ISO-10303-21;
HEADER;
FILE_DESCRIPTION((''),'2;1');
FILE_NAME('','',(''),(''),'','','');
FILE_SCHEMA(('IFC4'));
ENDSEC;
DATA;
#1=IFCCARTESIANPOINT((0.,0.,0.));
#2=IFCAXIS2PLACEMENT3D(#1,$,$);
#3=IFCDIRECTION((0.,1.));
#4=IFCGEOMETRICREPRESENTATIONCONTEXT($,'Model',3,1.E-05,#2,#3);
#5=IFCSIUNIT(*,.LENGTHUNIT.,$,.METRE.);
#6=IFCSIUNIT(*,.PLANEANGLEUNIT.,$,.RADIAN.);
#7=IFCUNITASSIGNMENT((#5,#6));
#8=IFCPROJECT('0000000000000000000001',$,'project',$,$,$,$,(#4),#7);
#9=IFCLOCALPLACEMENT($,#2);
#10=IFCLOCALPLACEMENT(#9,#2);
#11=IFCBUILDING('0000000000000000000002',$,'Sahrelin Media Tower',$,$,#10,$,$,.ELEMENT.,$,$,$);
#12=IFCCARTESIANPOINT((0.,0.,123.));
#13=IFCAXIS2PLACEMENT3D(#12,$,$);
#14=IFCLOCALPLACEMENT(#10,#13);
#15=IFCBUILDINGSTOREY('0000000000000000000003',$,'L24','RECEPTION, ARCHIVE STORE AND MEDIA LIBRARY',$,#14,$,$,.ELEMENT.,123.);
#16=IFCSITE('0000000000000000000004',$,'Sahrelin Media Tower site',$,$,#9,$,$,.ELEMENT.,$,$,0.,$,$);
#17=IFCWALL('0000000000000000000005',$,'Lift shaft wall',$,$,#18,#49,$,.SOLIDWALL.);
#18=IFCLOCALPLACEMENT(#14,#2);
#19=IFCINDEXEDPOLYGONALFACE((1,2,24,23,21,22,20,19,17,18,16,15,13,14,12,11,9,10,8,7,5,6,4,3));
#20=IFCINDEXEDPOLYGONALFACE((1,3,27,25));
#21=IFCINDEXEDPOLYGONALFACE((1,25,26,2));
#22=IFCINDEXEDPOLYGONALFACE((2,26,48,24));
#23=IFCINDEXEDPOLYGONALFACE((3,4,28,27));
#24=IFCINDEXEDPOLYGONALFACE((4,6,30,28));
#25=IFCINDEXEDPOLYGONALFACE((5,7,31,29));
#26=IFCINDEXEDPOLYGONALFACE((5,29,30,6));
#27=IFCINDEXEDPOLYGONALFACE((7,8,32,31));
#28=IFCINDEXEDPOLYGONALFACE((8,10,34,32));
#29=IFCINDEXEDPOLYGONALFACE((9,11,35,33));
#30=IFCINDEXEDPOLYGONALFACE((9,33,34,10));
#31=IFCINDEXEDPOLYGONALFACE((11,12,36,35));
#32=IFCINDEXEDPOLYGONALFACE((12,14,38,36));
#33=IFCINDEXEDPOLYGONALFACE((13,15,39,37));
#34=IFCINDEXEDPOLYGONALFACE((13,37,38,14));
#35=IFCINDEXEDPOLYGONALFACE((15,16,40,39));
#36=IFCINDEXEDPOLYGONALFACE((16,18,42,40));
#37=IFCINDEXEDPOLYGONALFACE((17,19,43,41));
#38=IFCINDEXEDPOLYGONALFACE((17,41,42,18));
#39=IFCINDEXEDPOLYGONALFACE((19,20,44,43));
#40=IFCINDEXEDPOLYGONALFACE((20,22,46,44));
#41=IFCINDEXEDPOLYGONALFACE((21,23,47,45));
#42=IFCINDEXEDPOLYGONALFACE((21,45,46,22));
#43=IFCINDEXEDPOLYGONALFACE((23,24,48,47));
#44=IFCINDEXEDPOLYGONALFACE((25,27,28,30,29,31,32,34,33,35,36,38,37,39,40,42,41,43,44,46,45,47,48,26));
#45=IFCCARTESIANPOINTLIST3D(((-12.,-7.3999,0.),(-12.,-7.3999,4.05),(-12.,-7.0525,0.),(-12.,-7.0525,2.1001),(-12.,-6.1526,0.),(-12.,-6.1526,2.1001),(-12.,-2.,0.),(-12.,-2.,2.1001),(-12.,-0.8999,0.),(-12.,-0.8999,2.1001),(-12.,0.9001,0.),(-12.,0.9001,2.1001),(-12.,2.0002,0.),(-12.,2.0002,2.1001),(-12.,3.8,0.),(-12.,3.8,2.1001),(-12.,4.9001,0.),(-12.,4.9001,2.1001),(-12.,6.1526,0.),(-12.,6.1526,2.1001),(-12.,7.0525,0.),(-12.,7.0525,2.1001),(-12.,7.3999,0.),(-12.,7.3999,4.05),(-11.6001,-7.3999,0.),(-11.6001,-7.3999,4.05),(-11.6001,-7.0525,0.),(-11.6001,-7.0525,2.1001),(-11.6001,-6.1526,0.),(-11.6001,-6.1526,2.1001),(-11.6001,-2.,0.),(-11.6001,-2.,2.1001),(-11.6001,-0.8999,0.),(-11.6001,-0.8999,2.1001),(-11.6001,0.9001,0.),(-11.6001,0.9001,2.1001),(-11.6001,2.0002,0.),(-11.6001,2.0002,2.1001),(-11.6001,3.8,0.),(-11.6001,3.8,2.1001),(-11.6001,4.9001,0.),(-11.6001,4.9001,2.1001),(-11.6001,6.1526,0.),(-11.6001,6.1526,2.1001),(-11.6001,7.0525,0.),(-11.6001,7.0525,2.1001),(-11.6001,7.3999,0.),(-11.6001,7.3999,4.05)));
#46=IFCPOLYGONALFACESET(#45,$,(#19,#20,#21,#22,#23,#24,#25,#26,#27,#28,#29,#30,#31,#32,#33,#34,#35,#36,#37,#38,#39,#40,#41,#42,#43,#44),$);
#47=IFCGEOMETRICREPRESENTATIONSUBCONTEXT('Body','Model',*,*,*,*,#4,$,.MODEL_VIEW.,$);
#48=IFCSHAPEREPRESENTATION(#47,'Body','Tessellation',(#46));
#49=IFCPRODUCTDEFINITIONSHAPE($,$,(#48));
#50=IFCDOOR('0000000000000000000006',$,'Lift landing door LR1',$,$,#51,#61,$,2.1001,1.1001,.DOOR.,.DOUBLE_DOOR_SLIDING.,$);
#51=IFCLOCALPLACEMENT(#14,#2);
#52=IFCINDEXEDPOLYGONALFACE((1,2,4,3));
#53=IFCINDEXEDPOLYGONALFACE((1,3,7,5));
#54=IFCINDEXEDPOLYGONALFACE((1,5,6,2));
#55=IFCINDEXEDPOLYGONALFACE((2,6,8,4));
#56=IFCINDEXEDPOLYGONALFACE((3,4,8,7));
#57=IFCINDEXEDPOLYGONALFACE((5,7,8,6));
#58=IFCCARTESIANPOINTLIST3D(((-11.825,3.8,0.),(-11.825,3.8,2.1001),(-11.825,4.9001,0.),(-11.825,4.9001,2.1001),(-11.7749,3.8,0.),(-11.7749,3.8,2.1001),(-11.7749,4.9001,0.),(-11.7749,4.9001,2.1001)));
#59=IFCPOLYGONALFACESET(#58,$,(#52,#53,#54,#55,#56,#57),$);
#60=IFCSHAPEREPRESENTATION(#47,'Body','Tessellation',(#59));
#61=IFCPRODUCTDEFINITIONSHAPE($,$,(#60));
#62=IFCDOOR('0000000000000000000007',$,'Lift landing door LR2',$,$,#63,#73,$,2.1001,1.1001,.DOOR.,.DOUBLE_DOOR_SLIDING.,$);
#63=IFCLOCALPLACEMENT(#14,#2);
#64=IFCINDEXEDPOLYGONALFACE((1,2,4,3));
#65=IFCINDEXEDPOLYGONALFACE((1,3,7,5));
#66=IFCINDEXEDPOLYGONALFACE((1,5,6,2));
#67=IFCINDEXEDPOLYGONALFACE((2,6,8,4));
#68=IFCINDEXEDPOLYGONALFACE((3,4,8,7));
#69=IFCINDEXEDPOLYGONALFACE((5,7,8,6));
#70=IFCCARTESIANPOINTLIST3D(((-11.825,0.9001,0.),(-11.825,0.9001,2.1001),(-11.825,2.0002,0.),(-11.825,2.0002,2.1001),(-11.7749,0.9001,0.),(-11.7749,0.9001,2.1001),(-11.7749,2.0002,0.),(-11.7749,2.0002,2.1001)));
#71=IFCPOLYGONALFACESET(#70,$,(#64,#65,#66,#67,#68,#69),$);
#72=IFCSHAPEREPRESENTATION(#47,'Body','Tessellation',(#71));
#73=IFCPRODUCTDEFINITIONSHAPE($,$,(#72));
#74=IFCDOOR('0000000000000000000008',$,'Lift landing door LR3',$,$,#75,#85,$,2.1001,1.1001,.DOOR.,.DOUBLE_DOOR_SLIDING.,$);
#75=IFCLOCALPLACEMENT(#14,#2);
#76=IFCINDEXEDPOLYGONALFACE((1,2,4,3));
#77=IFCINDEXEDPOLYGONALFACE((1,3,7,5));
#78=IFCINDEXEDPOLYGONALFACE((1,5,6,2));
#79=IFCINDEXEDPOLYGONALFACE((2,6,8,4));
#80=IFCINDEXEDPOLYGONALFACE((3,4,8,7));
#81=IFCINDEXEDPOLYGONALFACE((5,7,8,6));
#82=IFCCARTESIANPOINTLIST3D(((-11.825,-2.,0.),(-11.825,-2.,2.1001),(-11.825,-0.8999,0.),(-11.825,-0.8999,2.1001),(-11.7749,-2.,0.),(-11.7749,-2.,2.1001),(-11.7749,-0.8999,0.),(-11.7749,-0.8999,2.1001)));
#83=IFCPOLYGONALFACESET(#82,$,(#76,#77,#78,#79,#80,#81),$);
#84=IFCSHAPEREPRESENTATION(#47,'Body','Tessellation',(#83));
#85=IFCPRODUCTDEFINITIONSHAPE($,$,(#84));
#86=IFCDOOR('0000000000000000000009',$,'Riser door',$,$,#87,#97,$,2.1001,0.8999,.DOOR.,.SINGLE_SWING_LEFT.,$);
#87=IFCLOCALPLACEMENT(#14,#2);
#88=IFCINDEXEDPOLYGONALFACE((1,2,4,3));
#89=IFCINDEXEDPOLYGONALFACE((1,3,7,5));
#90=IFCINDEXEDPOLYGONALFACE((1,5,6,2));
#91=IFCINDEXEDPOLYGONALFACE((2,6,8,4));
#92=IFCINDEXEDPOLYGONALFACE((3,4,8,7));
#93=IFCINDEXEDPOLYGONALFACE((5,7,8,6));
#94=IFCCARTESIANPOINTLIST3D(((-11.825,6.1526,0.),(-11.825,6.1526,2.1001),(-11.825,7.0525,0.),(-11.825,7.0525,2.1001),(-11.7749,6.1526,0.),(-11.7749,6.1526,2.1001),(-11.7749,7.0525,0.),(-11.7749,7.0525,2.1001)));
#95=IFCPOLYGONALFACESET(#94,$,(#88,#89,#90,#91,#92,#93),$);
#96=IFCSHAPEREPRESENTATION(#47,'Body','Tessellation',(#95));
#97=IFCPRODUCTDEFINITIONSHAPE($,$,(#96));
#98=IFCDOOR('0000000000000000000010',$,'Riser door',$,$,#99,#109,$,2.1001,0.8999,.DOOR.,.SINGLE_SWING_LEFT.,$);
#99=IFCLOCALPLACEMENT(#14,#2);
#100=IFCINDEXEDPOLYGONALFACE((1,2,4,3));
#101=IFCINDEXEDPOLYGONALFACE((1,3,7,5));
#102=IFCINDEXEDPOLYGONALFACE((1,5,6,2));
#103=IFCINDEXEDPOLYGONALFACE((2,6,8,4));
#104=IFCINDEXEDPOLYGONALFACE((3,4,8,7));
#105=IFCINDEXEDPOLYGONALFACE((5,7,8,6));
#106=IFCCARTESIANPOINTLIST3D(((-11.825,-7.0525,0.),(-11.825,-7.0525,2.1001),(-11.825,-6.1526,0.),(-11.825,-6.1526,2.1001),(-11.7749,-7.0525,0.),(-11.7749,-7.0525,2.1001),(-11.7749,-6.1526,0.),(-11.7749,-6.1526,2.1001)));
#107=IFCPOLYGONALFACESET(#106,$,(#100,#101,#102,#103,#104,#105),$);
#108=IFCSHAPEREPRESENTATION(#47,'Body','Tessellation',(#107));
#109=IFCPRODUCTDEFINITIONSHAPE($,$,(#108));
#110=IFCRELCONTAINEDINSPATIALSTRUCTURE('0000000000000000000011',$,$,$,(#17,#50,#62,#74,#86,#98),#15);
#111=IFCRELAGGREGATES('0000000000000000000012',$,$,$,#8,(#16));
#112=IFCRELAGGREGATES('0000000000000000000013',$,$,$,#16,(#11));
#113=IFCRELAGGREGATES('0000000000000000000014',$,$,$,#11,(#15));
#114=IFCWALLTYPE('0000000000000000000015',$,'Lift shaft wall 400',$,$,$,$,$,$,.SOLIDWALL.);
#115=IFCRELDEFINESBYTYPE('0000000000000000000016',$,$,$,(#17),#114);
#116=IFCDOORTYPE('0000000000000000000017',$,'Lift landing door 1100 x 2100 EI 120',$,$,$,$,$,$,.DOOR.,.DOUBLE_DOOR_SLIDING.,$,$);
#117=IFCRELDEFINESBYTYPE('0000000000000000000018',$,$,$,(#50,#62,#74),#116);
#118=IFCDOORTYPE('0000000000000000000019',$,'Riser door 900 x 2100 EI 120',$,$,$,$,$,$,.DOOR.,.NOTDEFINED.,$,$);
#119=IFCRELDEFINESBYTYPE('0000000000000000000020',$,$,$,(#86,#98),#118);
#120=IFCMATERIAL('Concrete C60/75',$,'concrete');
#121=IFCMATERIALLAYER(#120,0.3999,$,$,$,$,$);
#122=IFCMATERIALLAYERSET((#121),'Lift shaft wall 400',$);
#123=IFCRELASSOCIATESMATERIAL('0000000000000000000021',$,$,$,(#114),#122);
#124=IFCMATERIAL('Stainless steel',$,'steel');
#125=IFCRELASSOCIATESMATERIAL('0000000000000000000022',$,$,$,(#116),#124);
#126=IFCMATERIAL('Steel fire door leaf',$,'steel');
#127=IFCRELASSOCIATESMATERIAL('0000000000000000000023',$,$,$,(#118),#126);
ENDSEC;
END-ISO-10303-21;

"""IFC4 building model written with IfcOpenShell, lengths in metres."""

from ifc_helpers import new_model, si_unit, direction, frame, frame_2d, origin, place, context, subcontext, project, spatial, rectangle, extrude, material, layer, layer_set, type_object, element, fill, save


model = new_model("IFC4")

# Units and contexts
model_context = context("Model", 3, precision=1e-05, world=origin(), true_north=direction((0.0, 1.0)))
body_context = subcontext(model_context, "Body", "Model", "MODEL_VIEW")
ifc_project = project(units=[si_unit("LENGTHUNIT", "METRE"), si_unit("PLANEANGLEUNIT", "RADIAN")], contexts=[model_context])

# Site, building, storey
site_placement = place(None, origin())
site = spatial("IfcSite", under=ifc_project, at=site_placement, Name="Sahrelin Media Tower site", CompositionType="ELEMENT", RefElevation=0.0)
building_placement = place(site_placement, origin())
building = spatial("IfcBuilding", under=site, at=building_placement, Name="Sahrelin Media Tower", CompositionType="ELEMENT")
storey_placement = place(building_placement, frame((0.0, 0.0, 123.0)))
storey = spatial("IfcBuildingStorey", under=building, at=storey_placement, Name="L24", Description="RECEPTION, ARCHIVE STORE AND MEDIA LIBRARY", CompositionType="ELEMENT", Elevation=123.0)

# Shared definitions
ifc_material_1 = material(Name="Concrete C60/75", Category="concrete")
ifc_material_2 = material(Name="Steel fire door leaf", Category="steel")

# Wall, openings, doors
ifc_layer_1 = layer(ifc_material_1, 0.3999)
ifc_layer_set_1 = layer_set([ifc_layer_1], Name="Lift shaft wall 400")
wall_type_1 = type_object("IfcWallType", Name="Lift shaft wall 400", PredefinedType="SOLIDWALL", material=ifc_layer_set_1)
wall_1_placement = place(storey_placement, frame((-11.8, -7.3999, 0.0), z_axis=(0.0, 0.0, 1.0), x_axis=(0.0, 1.0, 0.0)))
wall_1 = element("IfcWall", 1, at=wall_1_placement, inside=storey, type_object=wall_type_1, Name="Lift shaft wall", PredefinedType="SOLIDWALL", context=body_context, shape_type="SweptSolid", body=[
    extrude(rectangle(XDim=14.7998, YDim=0.3999, at=frame_2d((7.3999, 0.0))), origin(), (0.0, 0.0, 1.0), 4.05),
])
opening_1_placement = place(wall_1_placement, frame((11.2, 0.0, 0.0)))
opening_1 = element("IfcOpeningElement", 2, at=opening_1_placement, cuts=wall_1, PredefinedType="OPENING", context=body_context, shape_type="SweptSolid", body=[
    extrude(rectangle(XDim=1.1001, YDim=2.1001, at=frame_2d((0.55, 1.05))), frame((0.0, 0.2, 0.0), z_axis=(0.0, -1.0, 0.0), x_axis=(1.0, 0.0, 0.0)), (0.0, 0.0, 1.0), 0.3999),
])
opening_2_placement = place(wall_1_placement, frame((8.3, 0.0, 0.0)))
opening_2 = element("IfcOpeningElement", 3, at=opening_2_placement, cuts=wall_1, PredefinedType="OPENING", context=body_context, shape_type="SweptSolid", body=[
    extrude(rectangle(XDim=1.1001, YDim=2.1001, at=frame_2d((0.55, 1.05))), frame((0.0, 0.2, 0.0), z_axis=(0.0, -1.0, 0.0), x_axis=(1.0, 0.0, 0.0)), (0.0, 0.0, 1.0), 0.3999),
])
opening_3_placement = place(wall_1_placement, frame((5.3999, 0.0, 0.0)))
opening_3 = element("IfcOpeningElement", 4, at=opening_3_placement, cuts=wall_1, PredefinedType="OPENING", context=body_context, shape_type="SweptSolid", body=[
    extrude(rectangle(XDim=1.1001, YDim=2.1001, at=frame_2d((0.55, 1.05))), frame((0.0, 0.2, 0.0), z_axis=(0.0, -1.0, 0.0), x_axis=(1.0, 0.0, 0.0)), (0.0, 0.0, 1.0), 0.3999),
])
opening_4_placement = place(wall_1_placement, frame((13.5525, 0.0, 0.0)))
opening_4 = element("IfcOpeningElement", 5, at=opening_4_placement, cuts=wall_1, PredefinedType="OPENING", context=body_context, shape_type="SweptSolid", body=[
    extrude(rectangle(XDim=0.8999, YDim=2.1001, at=frame_2d((0.45, 1.05))), frame((0.0, 0.2, 0.0), z_axis=(0.0, -1.0, 0.0), x_axis=(1.0, 0.0, 0.0)), (0.0, 0.0, 1.0), 0.3999),
])
opening_5_placement = place(wall_1_placement, frame((0.3474, 0.0, 0.0)))
opening_5 = element("IfcOpeningElement", 6, at=opening_5_placement, cuts=wall_1, PredefinedType="OPENING", context=body_context, shape_type="SweptSolid", body=[
    extrude(rectangle(XDim=0.8999, YDim=2.1001, at=frame_2d((0.45, 1.05))), frame((0.0, 0.2, 0.0), z_axis=(0.0, -1.0, 0.0), x_axis=(1.0, 0.0, 0.0)), (0.0, 0.0, 1.0), 0.3999),
])
ifc_material_3 = material(Name="Stainless steel", Category="steel")
door_type_1 = type_object("IfcDoorType", Name="Lift landing door 1100 x 2100 EI 120", OperationType="DOUBLE_DOOR_SLIDING", PredefinedType="DOOR", material=ifc_material_3)
door_1_placement = place(opening_1_placement, origin())
door_1 = element("IfcDoor", 7, at=door_1_placement, inside=storey, type_object=door_type_1, Name="Lift landing door LR1", OperationType="DOUBLE_DOOR_SLIDING", OverallHeight=2.1001, OverallWidth=1.1001, PredefinedType="DOOR", context=body_context, shape_type="SweptSolid", body=[
    extrude(rectangle(XDim=1.1001, YDim=2.1001, at=frame_2d((0.55, 1.05))), frame((0.0, 0.0249, 0.0), z_axis=(0.0, -1.0, 0.0), x_axis=(1.0, 0.0, 0.0)), (0.0, 0.0, 1.0), 0.05),
])
fill(opening_1, door_1)
door_2_placement = place(opening_2_placement, origin())
door_2 = element("IfcDoor", 8, at=door_2_placement, inside=storey, type_object=door_type_1, Name="Lift landing door LR2", OperationType="DOUBLE_DOOR_SLIDING", OverallHeight=2.1001, OverallWidth=1.1001, PredefinedType="DOOR", context=body_context, shape_type="SweptSolid", body=[
    extrude(rectangle(XDim=1.1001, YDim=2.1001, at=frame_2d((0.55, 1.05))), frame((0.0, 0.0249, 0.0), z_axis=(0.0, -1.0, 0.0), x_axis=(1.0, 0.0, 0.0)), (0.0, 0.0, 1.0), 0.05),
])
fill(opening_2, door_2)
door_3_placement = place(opening_3_placement, origin())
door_3 = element("IfcDoor", 9, at=door_3_placement, inside=storey, type_object=door_type_1, Name="Lift landing door LR3", OperationType="DOUBLE_DOOR_SLIDING", OverallHeight=2.1001, OverallWidth=1.1001, PredefinedType="DOOR", context=body_context, shape_type="SweptSolid", body=[
    extrude(rectangle(XDim=1.1001, YDim=2.1001, at=frame_2d((0.55, 1.05))), frame((0.0, 0.0249, 0.0), z_axis=(0.0, -1.0, 0.0), x_axis=(1.0, 0.0, 0.0)), (0.0, 0.0, 1.0), 0.05),
])
fill(opening_3, door_3)
door_type_2 = type_object("IfcDoorType", Name="Riser door 900 x 2100 EI 120", OperationType="NOTDEFINED", PredefinedType="DOOR", material=ifc_material_2)
door_4_placement = place(opening_4_placement, origin())
door_4 = element("IfcDoor", 10, at=door_4_placement, inside=storey, type_object=door_type_2, Name="Riser door", OperationType="SINGLE_SWING_LEFT", OverallHeight=2.1001, OverallWidth=0.8999, PredefinedType="DOOR", context=body_context, shape_type="SweptSolid", body=[
    extrude(rectangle(XDim=0.8999, YDim=2.1001, at=frame_2d((0.45, 1.05))), frame((0.0, 0.0249, 0.0), z_axis=(0.0, -1.0, 0.0), x_axis=(1.0, 0.0, 0.0)), (0.0, 0.0, 1.0), 0.05),
])
fill(opening_4, door_4)
door_5_placement = place(opening_5_placement, origin())
door_5 = element("IfcDoor", 11, at=door_5_placement, inside=storey, type_object=door_type_2, Name="Riser door", OperationType="SINGLE_SWING_LEFT", OverallHeight=2.1001, OverallWidth=0.8999, PredefinedType="DOOR", context=body_context, shape_type="SweptSolid", body=[
    extrude(rectangle(XDim=0.8999, YDim=2.1001, at=frame_2d((0.45, 1.05))), frame((0.0, 0.0249, 0.0), z_axis=(0.0, -1.0, 0.0), x_axis=(1.0, 0.0, 0.0)), (0.0, 0.0, 1.0), 0.05),
])
fill(opening_5, door_5)

save(model, "model.ifc")
